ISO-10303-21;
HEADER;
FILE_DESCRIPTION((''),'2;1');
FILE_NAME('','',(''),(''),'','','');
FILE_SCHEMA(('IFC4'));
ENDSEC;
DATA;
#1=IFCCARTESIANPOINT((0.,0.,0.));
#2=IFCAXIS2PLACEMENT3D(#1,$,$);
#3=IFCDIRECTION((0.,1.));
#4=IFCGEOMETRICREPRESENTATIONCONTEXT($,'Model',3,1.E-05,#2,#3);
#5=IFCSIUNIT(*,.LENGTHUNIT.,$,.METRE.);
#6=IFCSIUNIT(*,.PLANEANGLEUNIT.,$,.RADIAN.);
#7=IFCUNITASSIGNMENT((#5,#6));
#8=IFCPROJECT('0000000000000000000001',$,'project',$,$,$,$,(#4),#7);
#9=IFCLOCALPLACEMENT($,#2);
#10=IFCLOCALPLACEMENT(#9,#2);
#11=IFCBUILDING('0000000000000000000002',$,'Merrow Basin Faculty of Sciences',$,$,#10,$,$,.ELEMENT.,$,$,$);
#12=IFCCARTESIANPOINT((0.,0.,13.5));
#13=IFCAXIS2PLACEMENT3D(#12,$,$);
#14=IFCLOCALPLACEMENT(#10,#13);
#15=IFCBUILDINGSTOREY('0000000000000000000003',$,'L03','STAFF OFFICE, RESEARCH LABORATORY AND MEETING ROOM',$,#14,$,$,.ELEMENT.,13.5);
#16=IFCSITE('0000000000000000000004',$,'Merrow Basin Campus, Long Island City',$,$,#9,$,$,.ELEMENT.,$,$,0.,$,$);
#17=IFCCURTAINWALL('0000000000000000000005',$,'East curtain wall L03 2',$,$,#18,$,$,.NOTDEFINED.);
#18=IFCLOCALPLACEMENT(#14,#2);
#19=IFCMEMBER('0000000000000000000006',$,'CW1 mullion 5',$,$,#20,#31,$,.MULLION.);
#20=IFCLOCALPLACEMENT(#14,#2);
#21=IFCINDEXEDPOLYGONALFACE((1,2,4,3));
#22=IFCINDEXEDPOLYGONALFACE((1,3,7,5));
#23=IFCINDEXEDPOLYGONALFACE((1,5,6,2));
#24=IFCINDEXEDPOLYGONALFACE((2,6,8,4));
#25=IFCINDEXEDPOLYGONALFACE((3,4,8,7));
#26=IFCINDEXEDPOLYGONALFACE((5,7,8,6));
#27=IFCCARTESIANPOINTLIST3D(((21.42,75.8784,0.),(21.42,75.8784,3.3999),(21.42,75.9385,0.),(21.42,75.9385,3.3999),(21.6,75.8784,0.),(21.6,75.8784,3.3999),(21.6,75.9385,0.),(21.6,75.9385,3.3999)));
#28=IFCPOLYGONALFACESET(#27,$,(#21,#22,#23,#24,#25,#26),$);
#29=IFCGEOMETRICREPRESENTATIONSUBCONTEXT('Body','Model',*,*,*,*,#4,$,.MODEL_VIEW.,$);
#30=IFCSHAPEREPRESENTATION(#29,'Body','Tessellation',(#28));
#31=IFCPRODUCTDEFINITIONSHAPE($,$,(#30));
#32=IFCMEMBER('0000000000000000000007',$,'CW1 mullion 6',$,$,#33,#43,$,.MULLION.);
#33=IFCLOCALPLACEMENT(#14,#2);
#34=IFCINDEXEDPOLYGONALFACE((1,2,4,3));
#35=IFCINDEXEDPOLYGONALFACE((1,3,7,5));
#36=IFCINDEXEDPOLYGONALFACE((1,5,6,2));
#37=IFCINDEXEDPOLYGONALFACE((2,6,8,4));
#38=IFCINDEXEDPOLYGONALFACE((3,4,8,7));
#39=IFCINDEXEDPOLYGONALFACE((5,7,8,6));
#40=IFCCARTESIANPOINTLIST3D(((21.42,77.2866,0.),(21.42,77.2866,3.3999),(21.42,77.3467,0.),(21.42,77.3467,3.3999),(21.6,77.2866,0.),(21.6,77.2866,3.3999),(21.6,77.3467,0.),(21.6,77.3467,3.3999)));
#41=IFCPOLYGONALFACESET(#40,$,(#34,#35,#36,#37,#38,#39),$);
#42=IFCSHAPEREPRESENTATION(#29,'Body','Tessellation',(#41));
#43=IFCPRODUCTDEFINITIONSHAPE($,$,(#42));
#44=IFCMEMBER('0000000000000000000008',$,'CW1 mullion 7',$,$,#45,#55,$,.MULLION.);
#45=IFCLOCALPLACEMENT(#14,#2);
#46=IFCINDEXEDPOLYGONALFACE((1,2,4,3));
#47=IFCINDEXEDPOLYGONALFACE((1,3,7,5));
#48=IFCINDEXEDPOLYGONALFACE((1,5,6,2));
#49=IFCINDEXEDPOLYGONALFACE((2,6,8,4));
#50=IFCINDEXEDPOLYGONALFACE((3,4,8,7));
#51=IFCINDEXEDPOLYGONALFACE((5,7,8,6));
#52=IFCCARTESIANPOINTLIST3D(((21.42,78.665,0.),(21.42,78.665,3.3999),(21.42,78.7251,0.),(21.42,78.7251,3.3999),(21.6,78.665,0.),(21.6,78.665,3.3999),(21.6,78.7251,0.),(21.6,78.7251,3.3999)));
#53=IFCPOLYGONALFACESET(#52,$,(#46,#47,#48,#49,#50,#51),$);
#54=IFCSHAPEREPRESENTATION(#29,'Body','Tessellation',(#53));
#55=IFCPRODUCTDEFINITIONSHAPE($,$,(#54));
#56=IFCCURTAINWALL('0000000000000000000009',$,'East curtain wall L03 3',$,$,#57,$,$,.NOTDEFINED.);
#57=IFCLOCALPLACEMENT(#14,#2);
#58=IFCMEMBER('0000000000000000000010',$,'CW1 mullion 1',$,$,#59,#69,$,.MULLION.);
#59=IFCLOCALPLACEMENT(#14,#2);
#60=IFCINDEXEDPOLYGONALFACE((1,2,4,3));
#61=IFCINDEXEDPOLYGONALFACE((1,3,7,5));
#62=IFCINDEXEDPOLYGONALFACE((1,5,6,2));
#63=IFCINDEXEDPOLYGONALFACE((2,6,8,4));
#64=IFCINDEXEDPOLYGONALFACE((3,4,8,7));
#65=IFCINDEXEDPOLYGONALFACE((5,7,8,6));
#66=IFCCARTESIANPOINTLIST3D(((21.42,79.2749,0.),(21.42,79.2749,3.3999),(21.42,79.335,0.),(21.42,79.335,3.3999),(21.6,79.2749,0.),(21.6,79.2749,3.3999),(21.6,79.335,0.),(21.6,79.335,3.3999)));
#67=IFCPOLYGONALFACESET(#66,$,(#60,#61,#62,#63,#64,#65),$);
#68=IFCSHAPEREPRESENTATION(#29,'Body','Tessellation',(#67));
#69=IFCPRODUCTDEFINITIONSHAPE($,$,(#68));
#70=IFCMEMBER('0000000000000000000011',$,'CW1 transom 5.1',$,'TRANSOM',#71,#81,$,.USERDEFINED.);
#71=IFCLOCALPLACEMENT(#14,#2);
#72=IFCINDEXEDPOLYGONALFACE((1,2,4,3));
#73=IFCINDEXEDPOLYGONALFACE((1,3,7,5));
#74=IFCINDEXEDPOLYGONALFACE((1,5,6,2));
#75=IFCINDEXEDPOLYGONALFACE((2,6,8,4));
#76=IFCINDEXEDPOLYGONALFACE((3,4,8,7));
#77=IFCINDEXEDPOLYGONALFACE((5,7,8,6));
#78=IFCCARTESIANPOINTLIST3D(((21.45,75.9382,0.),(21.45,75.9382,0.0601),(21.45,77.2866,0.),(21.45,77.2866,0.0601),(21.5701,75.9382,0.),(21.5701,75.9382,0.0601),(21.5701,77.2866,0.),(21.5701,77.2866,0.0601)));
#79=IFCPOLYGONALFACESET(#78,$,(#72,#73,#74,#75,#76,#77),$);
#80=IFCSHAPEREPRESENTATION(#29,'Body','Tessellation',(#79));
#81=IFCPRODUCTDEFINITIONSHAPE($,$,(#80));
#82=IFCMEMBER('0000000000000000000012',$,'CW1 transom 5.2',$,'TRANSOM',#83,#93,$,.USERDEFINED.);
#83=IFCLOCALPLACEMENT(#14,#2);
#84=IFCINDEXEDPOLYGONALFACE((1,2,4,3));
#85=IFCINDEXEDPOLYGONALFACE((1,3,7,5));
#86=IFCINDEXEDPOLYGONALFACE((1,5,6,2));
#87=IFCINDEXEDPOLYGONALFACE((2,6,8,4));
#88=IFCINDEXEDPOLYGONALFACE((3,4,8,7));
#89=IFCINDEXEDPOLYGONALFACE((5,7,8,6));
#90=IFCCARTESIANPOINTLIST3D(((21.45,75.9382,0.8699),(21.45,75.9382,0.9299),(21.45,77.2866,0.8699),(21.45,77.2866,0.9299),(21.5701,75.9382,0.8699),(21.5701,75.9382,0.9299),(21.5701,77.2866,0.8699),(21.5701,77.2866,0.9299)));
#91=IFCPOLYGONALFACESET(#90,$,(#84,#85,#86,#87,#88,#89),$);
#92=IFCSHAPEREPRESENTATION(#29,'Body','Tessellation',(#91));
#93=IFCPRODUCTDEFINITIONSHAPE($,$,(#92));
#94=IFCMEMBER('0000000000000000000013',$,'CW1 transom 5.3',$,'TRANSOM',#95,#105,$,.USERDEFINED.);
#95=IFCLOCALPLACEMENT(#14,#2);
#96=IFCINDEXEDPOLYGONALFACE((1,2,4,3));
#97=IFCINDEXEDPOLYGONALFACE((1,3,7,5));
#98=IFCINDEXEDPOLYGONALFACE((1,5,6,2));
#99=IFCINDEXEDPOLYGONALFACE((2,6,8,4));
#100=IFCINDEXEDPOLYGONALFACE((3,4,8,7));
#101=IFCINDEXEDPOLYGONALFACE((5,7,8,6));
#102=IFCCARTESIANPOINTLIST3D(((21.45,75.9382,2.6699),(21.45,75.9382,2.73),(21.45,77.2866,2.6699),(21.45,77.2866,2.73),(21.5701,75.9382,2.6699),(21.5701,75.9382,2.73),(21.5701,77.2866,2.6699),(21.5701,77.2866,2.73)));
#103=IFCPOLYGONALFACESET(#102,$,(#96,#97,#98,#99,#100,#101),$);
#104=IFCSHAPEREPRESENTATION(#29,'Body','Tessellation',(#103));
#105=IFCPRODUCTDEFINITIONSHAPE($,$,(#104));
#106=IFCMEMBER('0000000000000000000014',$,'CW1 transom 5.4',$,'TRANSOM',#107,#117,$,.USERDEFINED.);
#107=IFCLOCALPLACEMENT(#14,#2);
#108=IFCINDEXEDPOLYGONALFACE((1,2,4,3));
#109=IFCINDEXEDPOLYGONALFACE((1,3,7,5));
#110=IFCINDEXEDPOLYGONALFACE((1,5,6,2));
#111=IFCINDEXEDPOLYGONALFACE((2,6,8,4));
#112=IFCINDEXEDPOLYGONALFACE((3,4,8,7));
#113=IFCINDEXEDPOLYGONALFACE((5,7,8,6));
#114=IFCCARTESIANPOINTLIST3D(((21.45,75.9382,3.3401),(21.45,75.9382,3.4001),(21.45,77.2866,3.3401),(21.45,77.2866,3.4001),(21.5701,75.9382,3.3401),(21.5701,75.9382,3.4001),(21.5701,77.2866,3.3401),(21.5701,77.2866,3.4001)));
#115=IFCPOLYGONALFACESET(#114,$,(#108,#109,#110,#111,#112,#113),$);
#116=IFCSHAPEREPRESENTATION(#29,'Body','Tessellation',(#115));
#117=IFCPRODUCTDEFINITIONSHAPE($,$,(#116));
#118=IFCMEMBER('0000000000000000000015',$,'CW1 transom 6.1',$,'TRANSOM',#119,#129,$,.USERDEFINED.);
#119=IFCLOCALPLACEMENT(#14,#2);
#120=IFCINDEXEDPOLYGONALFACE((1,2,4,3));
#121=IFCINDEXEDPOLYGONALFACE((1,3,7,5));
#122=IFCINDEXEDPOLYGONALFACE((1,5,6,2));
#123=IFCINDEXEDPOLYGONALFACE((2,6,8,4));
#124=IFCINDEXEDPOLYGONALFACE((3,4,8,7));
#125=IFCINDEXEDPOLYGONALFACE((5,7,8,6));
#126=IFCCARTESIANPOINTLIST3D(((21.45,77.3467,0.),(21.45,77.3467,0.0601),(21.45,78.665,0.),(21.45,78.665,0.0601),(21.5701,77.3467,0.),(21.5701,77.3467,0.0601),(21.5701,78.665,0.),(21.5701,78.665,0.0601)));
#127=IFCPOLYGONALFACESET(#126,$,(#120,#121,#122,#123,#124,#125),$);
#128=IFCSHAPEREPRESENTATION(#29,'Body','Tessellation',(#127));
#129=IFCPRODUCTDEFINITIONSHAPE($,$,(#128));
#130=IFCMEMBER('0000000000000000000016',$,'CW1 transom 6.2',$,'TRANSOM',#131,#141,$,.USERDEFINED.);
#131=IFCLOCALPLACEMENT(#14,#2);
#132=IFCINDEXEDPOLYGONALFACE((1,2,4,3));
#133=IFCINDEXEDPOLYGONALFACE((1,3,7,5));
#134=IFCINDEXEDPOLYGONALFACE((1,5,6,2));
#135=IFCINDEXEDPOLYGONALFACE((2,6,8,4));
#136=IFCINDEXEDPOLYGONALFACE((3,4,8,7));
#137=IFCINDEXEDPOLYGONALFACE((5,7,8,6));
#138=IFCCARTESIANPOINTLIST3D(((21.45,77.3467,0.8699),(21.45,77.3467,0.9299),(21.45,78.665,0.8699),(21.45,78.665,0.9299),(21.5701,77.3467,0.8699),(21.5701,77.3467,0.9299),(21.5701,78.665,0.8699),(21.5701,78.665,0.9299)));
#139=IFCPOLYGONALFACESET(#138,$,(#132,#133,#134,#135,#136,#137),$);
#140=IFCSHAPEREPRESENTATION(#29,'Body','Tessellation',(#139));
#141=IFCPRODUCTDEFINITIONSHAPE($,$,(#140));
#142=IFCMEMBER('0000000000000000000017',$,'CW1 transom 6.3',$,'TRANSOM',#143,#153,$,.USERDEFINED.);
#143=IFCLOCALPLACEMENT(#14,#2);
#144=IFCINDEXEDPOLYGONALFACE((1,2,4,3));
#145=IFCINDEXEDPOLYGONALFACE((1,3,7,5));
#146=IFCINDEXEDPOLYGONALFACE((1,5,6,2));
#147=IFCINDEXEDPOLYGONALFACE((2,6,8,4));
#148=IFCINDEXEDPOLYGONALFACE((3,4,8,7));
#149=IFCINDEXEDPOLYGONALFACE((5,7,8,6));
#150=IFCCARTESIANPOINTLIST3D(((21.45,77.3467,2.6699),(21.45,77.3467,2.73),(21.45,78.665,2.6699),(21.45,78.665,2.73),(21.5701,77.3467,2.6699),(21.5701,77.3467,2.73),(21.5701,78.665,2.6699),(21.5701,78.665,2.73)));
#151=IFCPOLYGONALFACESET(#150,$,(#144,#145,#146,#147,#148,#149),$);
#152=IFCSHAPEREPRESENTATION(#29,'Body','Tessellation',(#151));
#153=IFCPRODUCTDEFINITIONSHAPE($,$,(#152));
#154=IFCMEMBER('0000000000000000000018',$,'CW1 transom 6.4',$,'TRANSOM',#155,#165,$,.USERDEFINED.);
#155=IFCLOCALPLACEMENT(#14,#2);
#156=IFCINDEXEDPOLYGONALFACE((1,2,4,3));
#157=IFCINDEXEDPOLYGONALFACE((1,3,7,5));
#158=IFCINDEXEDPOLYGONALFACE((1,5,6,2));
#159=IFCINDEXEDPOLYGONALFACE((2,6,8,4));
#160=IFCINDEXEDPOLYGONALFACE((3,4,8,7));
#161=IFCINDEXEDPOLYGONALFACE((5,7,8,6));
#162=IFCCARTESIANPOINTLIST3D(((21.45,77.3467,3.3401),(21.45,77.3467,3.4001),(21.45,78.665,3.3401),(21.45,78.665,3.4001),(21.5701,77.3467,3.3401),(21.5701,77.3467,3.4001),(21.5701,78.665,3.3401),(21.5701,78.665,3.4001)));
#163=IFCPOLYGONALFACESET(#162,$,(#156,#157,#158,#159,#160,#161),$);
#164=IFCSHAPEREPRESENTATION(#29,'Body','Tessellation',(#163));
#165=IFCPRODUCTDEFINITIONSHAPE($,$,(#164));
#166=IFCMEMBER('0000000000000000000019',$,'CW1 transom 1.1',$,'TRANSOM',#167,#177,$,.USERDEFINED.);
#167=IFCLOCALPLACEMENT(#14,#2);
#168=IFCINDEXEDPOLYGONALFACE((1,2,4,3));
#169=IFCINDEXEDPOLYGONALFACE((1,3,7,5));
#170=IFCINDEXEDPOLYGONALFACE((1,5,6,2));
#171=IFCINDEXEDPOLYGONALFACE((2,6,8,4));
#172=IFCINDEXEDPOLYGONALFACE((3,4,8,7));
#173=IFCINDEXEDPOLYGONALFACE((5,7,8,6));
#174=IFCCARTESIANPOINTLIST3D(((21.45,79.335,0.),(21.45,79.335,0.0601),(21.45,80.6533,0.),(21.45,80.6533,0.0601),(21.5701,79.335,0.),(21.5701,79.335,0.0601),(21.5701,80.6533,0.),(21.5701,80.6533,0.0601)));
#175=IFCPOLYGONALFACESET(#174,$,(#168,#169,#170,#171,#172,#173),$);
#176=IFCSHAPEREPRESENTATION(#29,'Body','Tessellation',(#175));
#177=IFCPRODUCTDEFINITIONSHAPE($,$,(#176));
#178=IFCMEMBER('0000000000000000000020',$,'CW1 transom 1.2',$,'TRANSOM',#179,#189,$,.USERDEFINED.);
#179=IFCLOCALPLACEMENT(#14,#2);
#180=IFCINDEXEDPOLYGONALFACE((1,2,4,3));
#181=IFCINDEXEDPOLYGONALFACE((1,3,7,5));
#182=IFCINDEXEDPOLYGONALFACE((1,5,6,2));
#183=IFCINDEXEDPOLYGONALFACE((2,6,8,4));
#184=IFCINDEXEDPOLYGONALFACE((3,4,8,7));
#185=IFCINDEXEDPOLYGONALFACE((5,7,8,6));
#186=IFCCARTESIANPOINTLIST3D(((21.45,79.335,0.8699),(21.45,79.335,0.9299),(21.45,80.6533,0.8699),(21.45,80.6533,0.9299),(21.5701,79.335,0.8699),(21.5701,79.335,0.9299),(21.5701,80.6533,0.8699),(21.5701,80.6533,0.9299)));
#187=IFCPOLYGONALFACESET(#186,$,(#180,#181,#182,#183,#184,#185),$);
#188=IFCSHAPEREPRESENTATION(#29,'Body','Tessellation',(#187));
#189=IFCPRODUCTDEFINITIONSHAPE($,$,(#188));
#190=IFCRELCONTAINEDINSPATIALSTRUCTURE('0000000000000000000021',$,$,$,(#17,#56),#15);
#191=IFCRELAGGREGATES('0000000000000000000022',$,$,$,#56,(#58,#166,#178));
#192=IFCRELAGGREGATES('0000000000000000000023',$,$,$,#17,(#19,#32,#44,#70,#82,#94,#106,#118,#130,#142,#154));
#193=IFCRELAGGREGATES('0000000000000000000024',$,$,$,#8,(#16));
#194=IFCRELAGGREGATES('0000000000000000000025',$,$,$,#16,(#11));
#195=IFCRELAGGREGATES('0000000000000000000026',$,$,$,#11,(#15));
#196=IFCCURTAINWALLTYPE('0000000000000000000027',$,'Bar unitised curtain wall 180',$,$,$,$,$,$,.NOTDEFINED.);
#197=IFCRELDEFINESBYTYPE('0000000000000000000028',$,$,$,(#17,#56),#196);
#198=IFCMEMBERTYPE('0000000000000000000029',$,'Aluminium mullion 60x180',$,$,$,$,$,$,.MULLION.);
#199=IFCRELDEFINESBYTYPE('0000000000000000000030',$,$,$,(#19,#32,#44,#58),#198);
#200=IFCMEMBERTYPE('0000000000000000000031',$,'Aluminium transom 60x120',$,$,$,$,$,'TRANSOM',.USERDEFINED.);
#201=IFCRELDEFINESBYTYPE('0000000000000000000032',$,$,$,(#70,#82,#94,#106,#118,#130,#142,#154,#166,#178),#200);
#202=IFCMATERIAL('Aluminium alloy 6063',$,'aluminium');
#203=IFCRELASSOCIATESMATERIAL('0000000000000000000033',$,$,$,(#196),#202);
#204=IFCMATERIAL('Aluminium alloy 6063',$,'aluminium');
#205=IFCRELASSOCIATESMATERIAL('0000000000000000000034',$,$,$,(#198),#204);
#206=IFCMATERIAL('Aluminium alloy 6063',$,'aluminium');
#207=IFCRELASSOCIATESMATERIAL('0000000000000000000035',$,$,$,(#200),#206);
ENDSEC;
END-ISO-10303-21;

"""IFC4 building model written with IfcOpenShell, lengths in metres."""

from ifc_helpers import new_model, si_unit, direction, frame, origin, origin_2d, place, context, subcontext, project, spatial, rectangle, extrude, material, material_profile, profile_set, type_object, element, aggregate, save


model = new_model("IFC4")

# Units and contexts
model_context = context("Model", 3, precision=1e-05, world=origin(), true_north=direction((0.0, 1.0)))
body_context = subcontext(model_context, "Body", "Model", "MODEL_VIEW")
ifc_project = project(units=[si_unit("LENGTHUNIT", "METRE"), si_unit("PLANEANGLEUNIT", "RADIAN")], contexts=[model_context])

# Site, building, storey
site_placement = place(None, origin())
site = spatial("IfcSite", under=ifc_project, at=site_placement, Name="Merrow Basin Campus, Long Island City", CompositionType="ELEMENT", RefElevation=0.0)
building_placement = place(site_placement, origin())
building = spatial("IfcBuilding", under=site, at=building_placement, Name="Merrow Basin Faculty of Sciences", CompositionType="ELEMENT")
storey_placement = place(building_placement, frame((0.0, 0.0, 13.5)))
storey = spatial("IfcBuildingStorey", under=building, at=storey_placement, Name="L03", Description="STAFF OFFICE, RESEARCH LABORATORY AND MEETING ROOM", CompositionType="ELEMENT", Elevation=13.5)

# Curtain wall, members
ifc_material_1 = material(Name="Aluminium alloy 6063", Category="aluminium")
curtain_wall_type = type_object("IfcCurtainWallType", Name="Bar unitised curtain wall 180", PredefinedType="NOTDEFINED", material=ifc_material_1)
curtain_wall_1_placement = place(storey_placement, origin())
curtain_wall_1 = element("IfcCurtainWall", 1, at=curtain_wall_1_placement, inside=storey, type_object=curtain_wall_type, Name="East curtain wall L03 2", PredefinedType="NOTDEFINED")
ifc_material_2 = material(Name="Aluminium alloy 6063", Category="aluminium")
ifc_material_profile_1 = material_profile(ifc_material_2, rectangle(XDim=0.1799, YDim=0.0601, at=origin_2d()))
ifc_profile_set_1 = profile_set([ifc_material_profile_1], Name="Aluminium alloy 6063")
member_type_1 = type_object("IfcMemberType", Name="Aluminium mullion 60x180", PredefinedType="MULLION", material=ifc_profile_set_1)
member_1_placement = place(storey_placement, frame((21.51, 75.9084, 0.0), z_axis=(0.0, 0.0, 1.0), x_axis=(-1.0, 0.0, 0.0)))
member_1 = element("IfcMember", 2, at=member_1_placement, type_object=member_type_1, Name="CW1 mullion 5", PredefinedType="MULLION", context=body_context, shape_type="SweptSolid", body=[
    extrude(rectangle(XDim=0.1799, YDim=0.0601, at=origin_2d()), origin(), (0.0, 0.0, 1.0), 3.3999),
])
member_2_placement = place(storey_placement, frame((21.51, 77.3167, 0.0), z_axis=(0.0, 0.0, 1.0), x_axis=(-1.0, 0.0, 0.0)))
member_2 = element("IfcMember", 3, at=member_2_placement, type_object=member_type_1, Name="CW1 mullion 6", PredefinedType="MULLION", context=body_context, shape_type="SweptSolid", body=[
    extrude(rectangle(XDim=0.1799, YDim=0.0601, at=origin_2d()), origin(), (0.0, 0.0, 1.0), 3.3999),
])
member_3_placement = place(storey_placement, frame((21.51, 78.6951, 0.0), z_axis=(0.0, 0.0, 1.0), x_axis=(-1.0, 0.0, 0.0)))
member_3 = element("IfcMember", 4, at=member_3_placement, type_object=member_type_1, Name="CW1 mullion 7", PredefinedType="MULLION", context=body_context, shape_type="SweptSolid", body=[
    extrude(rectangle(XDim=0.1799, YDim=0.0601, at=origin_2d()), origin(), (0.0, 0.0, 1.0), 3.3999),
])

# Curtain wall, member
curtain_wall_2_placement = place(storey_placement, origin())
curtain_wall_2 = element("IfcCurtainWall", 5, at=curtain_wall_2_placement, inside=storey, type_object=curtain_wall_type, Name="East curtain wall L03 3", PredefinedType="NOTDEFINED")
member_4_placement = place(storey_placement, frame((21.51, 79.3049, 0.0), z_axis=(0.0, 0.0, 1.0), x_axis=(-1.0, 0.0, 0.0)))
member_4 = element("IfcMember", 6, at=member_4_placement, type_object=member_type_1, Name="CW1 mullion 1", PredefinedType="MULLION", context=body_context, shape_type="SweptSolid", body=[
    extrude(rectangle(XDim=0.1799, YDim=0.0601, at=origin_2d()), origin(), (0.0, 0.0, 1.0), 3.3999),
])

# Members
ifc_material_3 = material(Name="Aluminium alloy 6063", Category="aluminium")
ifc_material_profile_2 = material_profile(ifc_material_3, rectangle(XDim=0.1201, YDim=0.0601, at=origin_2d()))
ifc_profile_set_2 = profile_set([ifc_material_profile_2], Name="Aluminium alloy 6063")
member_type_2 = type_object("IfcMemberType", Name="Aluminium transom 60x120", ElementType="TRANSOM", PredefinedType="USERDEFINED", material=ifc_profile_set_2)
member_5_placement = place(storey_placement, frame((21.51, 75.9382, 0.03), z_axis=(0.0, 1.0, 0.0), x_axis=(-1.0, 0.0, 0.0)))
member_5 = element("IfcMember", 7, at=member_5_placement, type_object=member_type_2, Name="CW1 transom 5.1", ObjectType="TRANSOM", PredefinedType="USERDEFINED", context=body_context, shape_type="SweptSolid", body=[
    extrude(rectangle(XDim=0.1201, YDim=0.0601, at=origin_2d()), origin(), (0.0, 0.0, 1.0), 1.3484),
])
member_6_placement = place(storey_placement, frame((21.51, 75.9382, 0.8999), z_axis=(0.0, 1.0, 0.0), x_axis=(-1.0, 0.0, 0.0)))
member_6 = element("IfcMember", 8, at=member_6_placement, type_object=member_type_2, Name="CW1 transom 5.2", ObjectType="TRANSOM", PredefinedType="USERDEFINED", context=body_context, shape_type="SweptSolid", body=[
    extrude(rectangle(XDim=0.1201, YDim=0.0601, at=origin_2d()), origin(), (0.0, 0.0, 1.0), 1.3484),
])
member_7_placement = place(storey_placement, frame((21.51, 75.9382, 2.7), z_axis=(0.0, 1.0, 0.0), x_axis=(-1.0, 0.0, 0.0)))
member_7 = element("IfcMember", 9, at=member_7_placement, type_object=member_type_2, Name="CW1 transom 5.3", ObjectType="TRANSOM", PredefinedType="USERDEFINED", context=body_context, shape_type="SweptSolid", body=[
    extrude(rectangle(XDim=0.1201, YDim=0.0601, at=origin_2d()), origin(), (0.0, 0.0, 1.0), 1.3484),
])
member_8_placement = place(storey_placement, frame((21.51, 75.9382, 3.3701), z_axis=(0.0, 1.0, 0.0), x_axis=(-1.0, 0.0, 0.0)))
member_8 = element("IfcMember", 10, at=member_8_placement, type_object=member_type_2, Name="CW1 transom 5.4", ObjectType="TRANSOM", PredefinedType="USERDEFINED", context=body_context, shape_type="SweptSolid", body=[
    extrude(rectangle(XDim=0.1201, YDim=0.0601, at=origin_2d()), origin(), (0.0, 0.0, 1.0), 1.3484),
])
member_9_placement = place(storey_placement, frame((21.51, 77.3467, 0.03), z_axis=(0.0, 1.0, 0.0), x_axis=(-1.0, 0.0, 0.0)))
member_9 = element("IfcMember", 11, at=member_9_placement, type_object=member_type_2, Name="CW1 transom 6.1", ObjectType="TRANSOM", PredefinedType="USERDEFINED", context=body_context, shape_type="SweptSolid", body=[
    extrude(rectangle(XDim=0.1201, YDim=0.0601, at=origin_2d()), origin(), (0.0, 0.0, 1.0), 1.3184),
])
member_10_placement = place(storey_placement, frame((21.51, 77.3467, 0.8999), z_axis=(0.0, 1.0, 0.0), x_axis=(-1.0, 0.0, 0.0)))
member_10 = element("IfcMember", 12, at=member_10_placement, type_object=member_type_2, Name="CW1 transom 6.2", ObjectType="TRANSOM", PredefinedType="USERDEFINED", context=body_context, shape_type="SweptSolid", body=[
    extrude(rectangle(XDim=0.1201, YDim=0.0601, at=origin_2d()), origin(), (0.0, 0.0, 1.0), 1.3184),
])
member_11_placement = place(storey_placement, frame((21.51, 77.3467, 2.7), z_axis=(0.0, 1.0, 0.0), x_axis=(-1.0, 0.0, 0.0)))
member_11 = element("IfcMember", 13, at=member_11_placement, type_object=member_type_2, Name="CW1 transom 6.3", ObjectType="TRANSOM", PredefinedType="USERDEFINED", context=body_context, shape_type="SweptSolid", body=[
    extrude(rectangle(XDim=0.1201, YDim=0.0601, at=origin_2d()), origin(), (0.0, 0.0, 1.0), 1.3184),
])
member_12_placement = place(storey_placement, frame((21.51, 77.3467, 3.3701), z_axis=(0.0, 1.0, 0.0), x_axis=(-1.0, 0.0, 0.0)))
member_12 = element("IfcMember", 14, at=member_12_placement, type_object=member_type_2, Name="CW1 transom 6.4", ObjectType="TRANSOM", PredefinedType="USERDEFINED", context=body_context, shape_type="SweptSolid", body=[
    extrude(rectangle(XDim=0.1201, YDim=0.0601, at=origin_2d()), origin(), (0.0, 0.0, 1.0), 1.3184),
])
member_13_placement = place(storey_placement, frame((21.51, 79.335, 0.03), z_axis=(0.0, 1.0, 0.0), x_axis=(-1.0, 0.0, 0.0)))
member_13 = element("IfcMember", 15, at=member_13_placement, type_object=member_type_2, Name="CW1 transom 1.1", ObjectType="TRANSOM", PredefinedType="USERDEFINED", context=body_context, shape_type="SweptSolid", body=[
    extrude(rectangle(XDim=0.1201, YDim=0.0601, at=origin_2d()), origin(), (0.0, 0.0, 1.0), 1.3184),
])
member_14_placement = place(storey_placement, frame((21.51, 79.335, 0.8999), z_axis=(0.0, 1.0, 0.0), x_axis=(-1.0, 0.0, 0.0)))
member_14 = element("IfcMember", 16, at=member_14_placement, type_object=member_type_2, Name="CW1 transom 1.2", ObjectType="TRANSOM", PredefinedType="USERDEFINED", context=body_context, shape_type="SweptSolid", body=[
    extrude(rectangle(XDim=0.1201, YDim=0.0601, at=origin_2d()), origin(), (0.0, 0.0, 1.0), 1.3184),
])
aggregate(curtain_wall_2, [member_4, member_13, member_14])

aggregate(curtain_wall_1, [member_1, member_2, member_3, member_5, member_6, member_7, member_8, member_9, member_10, member_11, member_12])

save(model, "model.ifc")
